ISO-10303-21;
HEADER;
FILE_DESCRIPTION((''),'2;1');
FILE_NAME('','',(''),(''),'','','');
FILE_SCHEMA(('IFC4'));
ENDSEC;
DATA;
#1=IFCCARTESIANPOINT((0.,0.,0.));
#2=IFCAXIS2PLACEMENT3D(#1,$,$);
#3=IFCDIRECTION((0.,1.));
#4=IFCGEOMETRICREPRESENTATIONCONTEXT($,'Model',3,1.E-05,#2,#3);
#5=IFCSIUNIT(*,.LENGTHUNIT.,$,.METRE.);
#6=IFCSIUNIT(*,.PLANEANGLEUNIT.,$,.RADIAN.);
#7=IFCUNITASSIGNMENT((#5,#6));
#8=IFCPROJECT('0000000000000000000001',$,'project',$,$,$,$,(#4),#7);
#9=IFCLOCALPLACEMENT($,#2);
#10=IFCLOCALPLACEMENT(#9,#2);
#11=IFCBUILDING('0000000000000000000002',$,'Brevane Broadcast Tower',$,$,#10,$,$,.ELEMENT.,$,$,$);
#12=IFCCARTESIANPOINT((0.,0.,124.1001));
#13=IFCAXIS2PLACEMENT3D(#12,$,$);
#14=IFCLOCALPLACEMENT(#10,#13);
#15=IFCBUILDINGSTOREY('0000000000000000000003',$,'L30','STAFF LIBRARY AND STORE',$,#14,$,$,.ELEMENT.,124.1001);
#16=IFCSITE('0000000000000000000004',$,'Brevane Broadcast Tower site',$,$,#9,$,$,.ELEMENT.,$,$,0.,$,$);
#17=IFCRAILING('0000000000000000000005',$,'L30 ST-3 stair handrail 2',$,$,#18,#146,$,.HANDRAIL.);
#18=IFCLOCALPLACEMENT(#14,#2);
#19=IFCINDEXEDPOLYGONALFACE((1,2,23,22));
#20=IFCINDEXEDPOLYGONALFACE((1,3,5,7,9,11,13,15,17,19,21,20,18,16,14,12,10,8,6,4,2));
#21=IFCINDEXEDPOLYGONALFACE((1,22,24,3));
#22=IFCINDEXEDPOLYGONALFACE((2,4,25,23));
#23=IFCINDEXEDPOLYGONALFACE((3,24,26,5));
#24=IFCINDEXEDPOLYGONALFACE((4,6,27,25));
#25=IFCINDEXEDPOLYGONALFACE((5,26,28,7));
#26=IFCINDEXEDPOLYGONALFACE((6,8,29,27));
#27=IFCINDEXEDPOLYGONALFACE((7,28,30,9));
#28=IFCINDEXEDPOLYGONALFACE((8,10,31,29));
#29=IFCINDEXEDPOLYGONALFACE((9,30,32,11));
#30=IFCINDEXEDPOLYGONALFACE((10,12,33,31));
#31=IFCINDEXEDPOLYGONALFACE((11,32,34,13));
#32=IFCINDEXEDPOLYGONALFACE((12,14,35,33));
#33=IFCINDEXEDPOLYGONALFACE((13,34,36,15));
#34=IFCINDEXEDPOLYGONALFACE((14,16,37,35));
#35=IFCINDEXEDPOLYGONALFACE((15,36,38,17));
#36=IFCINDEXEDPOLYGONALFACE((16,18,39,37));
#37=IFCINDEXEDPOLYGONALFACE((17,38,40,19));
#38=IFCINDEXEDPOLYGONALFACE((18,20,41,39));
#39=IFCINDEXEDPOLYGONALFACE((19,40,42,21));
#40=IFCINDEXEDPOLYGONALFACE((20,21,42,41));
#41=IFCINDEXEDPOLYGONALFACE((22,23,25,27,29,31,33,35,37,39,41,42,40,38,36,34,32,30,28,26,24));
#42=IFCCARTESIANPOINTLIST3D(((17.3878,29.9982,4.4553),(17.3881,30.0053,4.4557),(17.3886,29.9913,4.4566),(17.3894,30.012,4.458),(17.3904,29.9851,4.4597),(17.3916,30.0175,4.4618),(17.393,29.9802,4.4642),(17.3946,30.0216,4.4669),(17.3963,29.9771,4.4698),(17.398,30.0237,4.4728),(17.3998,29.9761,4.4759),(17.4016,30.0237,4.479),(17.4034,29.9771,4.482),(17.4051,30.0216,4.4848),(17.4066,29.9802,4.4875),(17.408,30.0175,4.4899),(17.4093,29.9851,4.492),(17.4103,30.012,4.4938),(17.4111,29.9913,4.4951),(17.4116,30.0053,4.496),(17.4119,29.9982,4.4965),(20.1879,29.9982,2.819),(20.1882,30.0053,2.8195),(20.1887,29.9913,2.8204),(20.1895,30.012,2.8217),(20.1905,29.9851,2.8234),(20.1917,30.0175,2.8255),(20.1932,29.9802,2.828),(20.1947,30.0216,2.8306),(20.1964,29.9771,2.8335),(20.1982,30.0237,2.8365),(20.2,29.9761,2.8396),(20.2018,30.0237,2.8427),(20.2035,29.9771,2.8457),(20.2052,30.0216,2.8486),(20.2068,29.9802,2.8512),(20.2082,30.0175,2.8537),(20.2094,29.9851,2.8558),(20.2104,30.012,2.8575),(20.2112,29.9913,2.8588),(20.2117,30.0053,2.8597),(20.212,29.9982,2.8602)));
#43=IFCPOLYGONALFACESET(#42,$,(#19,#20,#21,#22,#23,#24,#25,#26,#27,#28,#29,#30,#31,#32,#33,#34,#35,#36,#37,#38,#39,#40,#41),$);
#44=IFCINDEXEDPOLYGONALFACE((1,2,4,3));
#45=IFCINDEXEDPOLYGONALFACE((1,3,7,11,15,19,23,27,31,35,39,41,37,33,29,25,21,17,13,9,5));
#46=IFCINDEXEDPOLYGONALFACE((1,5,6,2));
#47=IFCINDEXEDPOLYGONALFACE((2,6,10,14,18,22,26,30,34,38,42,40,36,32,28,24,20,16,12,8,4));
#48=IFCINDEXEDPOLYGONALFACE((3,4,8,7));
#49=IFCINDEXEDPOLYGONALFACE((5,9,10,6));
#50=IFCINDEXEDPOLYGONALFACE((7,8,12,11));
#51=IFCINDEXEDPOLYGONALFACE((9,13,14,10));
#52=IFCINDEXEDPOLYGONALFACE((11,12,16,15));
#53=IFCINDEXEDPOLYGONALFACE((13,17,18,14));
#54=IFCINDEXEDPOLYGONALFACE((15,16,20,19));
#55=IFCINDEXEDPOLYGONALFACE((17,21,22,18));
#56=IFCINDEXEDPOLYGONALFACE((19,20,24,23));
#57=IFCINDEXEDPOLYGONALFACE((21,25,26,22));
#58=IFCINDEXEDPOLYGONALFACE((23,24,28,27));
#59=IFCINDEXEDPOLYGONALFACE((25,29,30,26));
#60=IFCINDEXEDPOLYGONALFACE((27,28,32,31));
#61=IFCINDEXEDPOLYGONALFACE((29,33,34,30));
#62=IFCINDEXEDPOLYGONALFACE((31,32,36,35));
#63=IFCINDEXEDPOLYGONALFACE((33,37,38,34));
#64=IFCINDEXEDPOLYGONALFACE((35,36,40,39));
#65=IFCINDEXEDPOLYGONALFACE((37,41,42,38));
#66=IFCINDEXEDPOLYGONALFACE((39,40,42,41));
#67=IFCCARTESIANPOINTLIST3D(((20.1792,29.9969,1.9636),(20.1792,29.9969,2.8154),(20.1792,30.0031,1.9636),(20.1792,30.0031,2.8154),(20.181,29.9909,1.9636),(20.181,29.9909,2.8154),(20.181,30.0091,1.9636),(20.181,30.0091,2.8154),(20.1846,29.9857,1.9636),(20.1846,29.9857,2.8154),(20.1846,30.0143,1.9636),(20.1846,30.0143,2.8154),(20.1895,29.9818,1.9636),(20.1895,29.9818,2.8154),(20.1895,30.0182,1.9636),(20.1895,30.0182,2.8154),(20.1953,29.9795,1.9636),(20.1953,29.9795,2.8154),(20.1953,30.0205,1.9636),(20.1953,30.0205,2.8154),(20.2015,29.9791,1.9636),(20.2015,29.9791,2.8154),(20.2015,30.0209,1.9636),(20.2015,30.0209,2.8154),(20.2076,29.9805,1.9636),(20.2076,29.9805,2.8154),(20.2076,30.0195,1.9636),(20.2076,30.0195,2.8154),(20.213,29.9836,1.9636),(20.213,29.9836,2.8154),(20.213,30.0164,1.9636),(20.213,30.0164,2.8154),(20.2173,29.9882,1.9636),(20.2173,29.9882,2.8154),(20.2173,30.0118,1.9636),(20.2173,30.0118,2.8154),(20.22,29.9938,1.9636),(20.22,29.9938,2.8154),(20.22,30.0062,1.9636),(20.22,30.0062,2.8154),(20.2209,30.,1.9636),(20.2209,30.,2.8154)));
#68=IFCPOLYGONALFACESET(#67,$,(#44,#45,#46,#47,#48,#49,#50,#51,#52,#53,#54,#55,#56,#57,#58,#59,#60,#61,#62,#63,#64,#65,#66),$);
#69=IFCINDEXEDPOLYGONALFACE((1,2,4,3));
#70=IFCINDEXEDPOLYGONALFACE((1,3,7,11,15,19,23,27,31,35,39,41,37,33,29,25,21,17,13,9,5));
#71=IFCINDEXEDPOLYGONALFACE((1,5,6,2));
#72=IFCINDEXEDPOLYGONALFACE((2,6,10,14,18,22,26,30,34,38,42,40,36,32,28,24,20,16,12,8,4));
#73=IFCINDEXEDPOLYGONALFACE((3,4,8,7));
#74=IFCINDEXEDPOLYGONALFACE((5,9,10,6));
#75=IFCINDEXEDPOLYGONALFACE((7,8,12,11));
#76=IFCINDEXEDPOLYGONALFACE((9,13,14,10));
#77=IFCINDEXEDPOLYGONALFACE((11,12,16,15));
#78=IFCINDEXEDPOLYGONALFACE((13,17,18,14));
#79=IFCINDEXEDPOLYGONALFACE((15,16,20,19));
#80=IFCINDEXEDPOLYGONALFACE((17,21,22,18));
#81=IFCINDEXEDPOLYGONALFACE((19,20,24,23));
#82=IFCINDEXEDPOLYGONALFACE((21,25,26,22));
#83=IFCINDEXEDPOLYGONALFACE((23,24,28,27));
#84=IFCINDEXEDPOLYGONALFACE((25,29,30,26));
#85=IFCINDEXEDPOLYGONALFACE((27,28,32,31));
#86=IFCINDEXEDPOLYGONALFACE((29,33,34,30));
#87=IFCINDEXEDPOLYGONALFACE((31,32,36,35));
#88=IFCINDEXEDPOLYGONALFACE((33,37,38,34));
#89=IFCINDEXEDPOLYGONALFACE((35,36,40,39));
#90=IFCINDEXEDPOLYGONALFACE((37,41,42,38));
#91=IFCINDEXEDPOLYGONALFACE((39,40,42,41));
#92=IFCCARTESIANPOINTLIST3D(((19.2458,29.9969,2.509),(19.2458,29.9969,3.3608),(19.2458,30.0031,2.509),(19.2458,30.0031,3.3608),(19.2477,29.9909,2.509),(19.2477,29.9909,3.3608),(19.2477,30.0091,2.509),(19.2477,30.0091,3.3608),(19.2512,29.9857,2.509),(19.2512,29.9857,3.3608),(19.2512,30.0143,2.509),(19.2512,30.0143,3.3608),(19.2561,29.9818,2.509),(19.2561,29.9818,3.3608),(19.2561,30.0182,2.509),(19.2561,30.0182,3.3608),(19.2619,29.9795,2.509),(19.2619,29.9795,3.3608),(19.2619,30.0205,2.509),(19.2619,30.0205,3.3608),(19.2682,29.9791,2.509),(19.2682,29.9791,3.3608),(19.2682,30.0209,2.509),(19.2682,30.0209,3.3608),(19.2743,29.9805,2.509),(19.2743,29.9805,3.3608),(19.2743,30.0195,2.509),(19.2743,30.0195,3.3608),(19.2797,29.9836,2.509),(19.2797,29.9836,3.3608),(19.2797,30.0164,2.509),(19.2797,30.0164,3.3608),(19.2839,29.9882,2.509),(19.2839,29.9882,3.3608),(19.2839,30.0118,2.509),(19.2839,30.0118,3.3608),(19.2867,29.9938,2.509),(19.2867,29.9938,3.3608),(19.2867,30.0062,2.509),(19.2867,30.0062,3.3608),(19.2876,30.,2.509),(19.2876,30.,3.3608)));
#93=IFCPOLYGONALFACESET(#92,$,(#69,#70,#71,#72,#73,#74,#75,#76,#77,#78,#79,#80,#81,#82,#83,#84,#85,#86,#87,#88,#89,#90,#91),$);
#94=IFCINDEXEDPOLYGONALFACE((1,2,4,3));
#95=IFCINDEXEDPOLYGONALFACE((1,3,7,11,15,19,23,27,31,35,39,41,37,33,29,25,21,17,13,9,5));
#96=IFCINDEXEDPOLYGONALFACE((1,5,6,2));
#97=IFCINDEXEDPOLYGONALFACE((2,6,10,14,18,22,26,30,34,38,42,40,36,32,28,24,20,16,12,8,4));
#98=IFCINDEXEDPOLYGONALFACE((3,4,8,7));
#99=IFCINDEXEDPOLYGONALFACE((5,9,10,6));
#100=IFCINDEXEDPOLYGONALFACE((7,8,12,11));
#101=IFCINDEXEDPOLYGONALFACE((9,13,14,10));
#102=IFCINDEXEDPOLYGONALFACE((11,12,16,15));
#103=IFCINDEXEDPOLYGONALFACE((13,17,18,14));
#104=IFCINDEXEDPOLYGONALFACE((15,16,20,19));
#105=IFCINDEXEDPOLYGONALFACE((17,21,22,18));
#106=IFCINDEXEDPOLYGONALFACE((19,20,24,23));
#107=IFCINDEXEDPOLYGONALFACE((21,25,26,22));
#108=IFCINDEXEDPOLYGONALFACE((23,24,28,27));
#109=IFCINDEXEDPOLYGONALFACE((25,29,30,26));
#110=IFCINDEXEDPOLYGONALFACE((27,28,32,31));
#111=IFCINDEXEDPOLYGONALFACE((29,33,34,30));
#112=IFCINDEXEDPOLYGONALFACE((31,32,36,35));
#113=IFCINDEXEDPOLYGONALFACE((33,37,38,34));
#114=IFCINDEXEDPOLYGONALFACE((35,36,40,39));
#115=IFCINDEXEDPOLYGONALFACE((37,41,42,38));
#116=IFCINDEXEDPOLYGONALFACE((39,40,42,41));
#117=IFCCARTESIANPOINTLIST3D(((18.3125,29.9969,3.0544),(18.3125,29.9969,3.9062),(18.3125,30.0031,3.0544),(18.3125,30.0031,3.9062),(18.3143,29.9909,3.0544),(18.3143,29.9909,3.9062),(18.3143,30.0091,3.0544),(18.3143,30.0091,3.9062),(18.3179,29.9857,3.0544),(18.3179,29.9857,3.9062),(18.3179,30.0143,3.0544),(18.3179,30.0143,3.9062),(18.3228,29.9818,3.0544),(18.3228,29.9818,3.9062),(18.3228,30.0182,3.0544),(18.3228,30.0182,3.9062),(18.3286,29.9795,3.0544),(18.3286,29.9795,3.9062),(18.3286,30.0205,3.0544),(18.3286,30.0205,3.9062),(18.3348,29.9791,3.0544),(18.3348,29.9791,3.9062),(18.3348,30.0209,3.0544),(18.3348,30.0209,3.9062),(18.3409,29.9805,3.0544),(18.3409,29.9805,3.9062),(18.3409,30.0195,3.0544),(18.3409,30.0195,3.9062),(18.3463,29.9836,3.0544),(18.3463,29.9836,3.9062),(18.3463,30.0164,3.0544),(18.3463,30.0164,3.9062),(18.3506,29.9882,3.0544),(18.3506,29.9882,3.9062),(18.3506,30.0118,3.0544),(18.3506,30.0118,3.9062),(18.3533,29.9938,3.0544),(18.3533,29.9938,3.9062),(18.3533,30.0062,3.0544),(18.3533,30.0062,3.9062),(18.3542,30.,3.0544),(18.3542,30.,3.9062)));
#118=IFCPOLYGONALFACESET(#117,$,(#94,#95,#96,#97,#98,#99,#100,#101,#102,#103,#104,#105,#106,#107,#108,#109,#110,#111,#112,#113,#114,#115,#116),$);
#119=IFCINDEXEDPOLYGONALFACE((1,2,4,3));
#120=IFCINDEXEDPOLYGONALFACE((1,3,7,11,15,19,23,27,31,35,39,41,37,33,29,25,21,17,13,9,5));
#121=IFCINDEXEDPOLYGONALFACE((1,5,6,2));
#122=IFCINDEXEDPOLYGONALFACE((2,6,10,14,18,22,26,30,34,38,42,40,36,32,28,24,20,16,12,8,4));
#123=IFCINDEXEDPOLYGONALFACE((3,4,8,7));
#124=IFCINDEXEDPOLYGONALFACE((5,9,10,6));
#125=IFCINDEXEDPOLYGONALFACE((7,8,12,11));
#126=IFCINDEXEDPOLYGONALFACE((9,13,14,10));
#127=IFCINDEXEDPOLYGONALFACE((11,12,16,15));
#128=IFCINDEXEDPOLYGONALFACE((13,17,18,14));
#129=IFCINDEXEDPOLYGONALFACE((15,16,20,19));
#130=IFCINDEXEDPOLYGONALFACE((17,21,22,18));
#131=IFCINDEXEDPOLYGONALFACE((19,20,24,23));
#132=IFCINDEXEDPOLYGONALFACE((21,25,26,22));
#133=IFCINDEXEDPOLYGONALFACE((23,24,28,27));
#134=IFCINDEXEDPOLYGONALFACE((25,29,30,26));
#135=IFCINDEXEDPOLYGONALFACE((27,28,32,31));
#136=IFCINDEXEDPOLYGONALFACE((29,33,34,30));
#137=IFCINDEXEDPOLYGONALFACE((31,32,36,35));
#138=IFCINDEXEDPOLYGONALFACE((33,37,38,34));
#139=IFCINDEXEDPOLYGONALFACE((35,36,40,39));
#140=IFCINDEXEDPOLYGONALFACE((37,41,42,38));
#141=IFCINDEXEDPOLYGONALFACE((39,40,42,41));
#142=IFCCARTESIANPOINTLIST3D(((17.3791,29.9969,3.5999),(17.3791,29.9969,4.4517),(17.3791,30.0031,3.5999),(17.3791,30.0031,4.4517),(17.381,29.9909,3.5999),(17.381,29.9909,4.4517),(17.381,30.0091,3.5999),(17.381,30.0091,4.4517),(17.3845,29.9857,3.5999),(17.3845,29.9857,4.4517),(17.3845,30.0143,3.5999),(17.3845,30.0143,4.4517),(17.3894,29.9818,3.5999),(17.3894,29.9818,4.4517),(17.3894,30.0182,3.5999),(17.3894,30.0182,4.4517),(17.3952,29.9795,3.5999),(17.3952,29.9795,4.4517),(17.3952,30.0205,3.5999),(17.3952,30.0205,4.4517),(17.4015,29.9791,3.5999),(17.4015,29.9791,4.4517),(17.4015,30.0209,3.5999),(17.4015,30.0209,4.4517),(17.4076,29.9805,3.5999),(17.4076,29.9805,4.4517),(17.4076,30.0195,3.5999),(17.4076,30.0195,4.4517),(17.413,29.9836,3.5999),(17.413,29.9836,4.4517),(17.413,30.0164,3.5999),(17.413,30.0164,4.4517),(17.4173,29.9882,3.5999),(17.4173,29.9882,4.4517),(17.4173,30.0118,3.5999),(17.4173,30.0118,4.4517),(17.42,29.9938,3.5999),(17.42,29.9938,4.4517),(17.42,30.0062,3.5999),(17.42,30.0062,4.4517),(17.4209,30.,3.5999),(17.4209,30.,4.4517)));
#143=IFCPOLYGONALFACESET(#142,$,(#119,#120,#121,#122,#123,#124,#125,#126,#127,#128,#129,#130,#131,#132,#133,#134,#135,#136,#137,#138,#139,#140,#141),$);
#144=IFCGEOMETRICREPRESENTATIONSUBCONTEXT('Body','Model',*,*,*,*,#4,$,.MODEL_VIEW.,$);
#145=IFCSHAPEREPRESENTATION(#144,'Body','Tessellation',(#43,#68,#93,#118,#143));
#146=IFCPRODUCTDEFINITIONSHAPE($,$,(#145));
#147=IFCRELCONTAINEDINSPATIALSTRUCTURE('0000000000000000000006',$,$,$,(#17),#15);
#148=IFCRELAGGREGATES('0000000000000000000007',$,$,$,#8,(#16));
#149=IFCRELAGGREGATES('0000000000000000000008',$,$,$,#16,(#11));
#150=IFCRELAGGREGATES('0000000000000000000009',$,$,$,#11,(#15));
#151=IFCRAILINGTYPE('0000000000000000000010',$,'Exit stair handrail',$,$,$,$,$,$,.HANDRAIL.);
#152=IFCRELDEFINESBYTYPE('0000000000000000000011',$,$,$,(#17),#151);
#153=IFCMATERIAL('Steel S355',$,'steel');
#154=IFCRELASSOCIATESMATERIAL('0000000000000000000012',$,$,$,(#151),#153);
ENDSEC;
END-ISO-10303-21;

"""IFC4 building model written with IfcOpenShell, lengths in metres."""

from ifc_helpers import new_model, si_unit, direction, frame, origin, origin_2d, place, context, subcontext, project, spatial, circle, extrude, material, type_object, element, save


model = new_model("IFC4")

# Units and contexts
model_context = context("Model", 3, precision=1e-05, world=origin(), true_north=direction((0.0, 1.0)))
body_context = subcontext(model_context, "Body", "Model", "MODEL_VIEW")
ifc_project = project(units=[si_unit("LENGTHUNIT", "METRE"), si_unit("PLANEANGLEUNIT", "RADIAN")], contexts=[model_context])

# Site, building, storey
site_placement = place(None, origin())
site = spatial("IfcSite", under=ifc_project, at=site_placement, Name="Brevane Broadcast Tower site", CompositionType="ELEMENT", RefElevation=0.0)
building_placement = place(site_placement, origin())
building = spatial("IfcBuilding", under=site, at=building_placement, Name="Brevane Broadcast Tower", CompositionType="ELEMENT")
storey_placement = place(building_placement, frame((0.0, 0.0, 124.1001)))
storey = spatial("IfcBuildingStorey", under=building, at=storey_placement, Name="L30", Description="STAFF LIBRARY AND STORE", CompositionType="ELEMENT", Elevation=124.1001)

# Railing
ifc_material_1 = material(Name="Steel S355", Category="steel")
railing_type_1 = type_object("IfcRailingType", Name="Exit stair handrail", PredefinedType="HANDRAIL", material=ifc_material_1)
railing_1_placement = place(storey_placement, frame((20.2, 30.0, 1.9636)))
element("IfcRailing", 1, at=railing_1_placement, inside=storey, type_object=railing_type_1, Name="L30 ST-3 stair handrail 2", PredefinedType="HANDRAIL", context=body_context, shape_type="SweptSolid", body=[
    extrude(circle(Radius=0.0239, at=origin_2d()), frame((0.0, 0.0, 0.876), z_axis=(-0.863394, 0.0, 0.504531), x_axis=(0.0, -1.0, 0.0)), (0.0, 0.0, 1.0), 3.2432),
    extrude(circle(Radius=0.021, at=origin_2d()), origin(), (0.0, 0.0, 1.0), 0.8518),
    extrude(circle(Radius=0.021, at=origin_2d()), frame((-0.9333, 0.0, 0.5454)), (0.0, 0.0, 1.0), 0.8518),
    extrude(circle(Radius=0.021, at=origin_2d()), frame((-1.8667, 0.0, 1.0908)), (0.0, 0.0, 1.0), 0.8518),
    extrude(circle(Radius=0.021, at=origin_2d()), frame((-2.8, 0.0, 1.6362)), (0.0, 0.0, 1.0), 0.8518),
])

save(model, "model.ifc")
